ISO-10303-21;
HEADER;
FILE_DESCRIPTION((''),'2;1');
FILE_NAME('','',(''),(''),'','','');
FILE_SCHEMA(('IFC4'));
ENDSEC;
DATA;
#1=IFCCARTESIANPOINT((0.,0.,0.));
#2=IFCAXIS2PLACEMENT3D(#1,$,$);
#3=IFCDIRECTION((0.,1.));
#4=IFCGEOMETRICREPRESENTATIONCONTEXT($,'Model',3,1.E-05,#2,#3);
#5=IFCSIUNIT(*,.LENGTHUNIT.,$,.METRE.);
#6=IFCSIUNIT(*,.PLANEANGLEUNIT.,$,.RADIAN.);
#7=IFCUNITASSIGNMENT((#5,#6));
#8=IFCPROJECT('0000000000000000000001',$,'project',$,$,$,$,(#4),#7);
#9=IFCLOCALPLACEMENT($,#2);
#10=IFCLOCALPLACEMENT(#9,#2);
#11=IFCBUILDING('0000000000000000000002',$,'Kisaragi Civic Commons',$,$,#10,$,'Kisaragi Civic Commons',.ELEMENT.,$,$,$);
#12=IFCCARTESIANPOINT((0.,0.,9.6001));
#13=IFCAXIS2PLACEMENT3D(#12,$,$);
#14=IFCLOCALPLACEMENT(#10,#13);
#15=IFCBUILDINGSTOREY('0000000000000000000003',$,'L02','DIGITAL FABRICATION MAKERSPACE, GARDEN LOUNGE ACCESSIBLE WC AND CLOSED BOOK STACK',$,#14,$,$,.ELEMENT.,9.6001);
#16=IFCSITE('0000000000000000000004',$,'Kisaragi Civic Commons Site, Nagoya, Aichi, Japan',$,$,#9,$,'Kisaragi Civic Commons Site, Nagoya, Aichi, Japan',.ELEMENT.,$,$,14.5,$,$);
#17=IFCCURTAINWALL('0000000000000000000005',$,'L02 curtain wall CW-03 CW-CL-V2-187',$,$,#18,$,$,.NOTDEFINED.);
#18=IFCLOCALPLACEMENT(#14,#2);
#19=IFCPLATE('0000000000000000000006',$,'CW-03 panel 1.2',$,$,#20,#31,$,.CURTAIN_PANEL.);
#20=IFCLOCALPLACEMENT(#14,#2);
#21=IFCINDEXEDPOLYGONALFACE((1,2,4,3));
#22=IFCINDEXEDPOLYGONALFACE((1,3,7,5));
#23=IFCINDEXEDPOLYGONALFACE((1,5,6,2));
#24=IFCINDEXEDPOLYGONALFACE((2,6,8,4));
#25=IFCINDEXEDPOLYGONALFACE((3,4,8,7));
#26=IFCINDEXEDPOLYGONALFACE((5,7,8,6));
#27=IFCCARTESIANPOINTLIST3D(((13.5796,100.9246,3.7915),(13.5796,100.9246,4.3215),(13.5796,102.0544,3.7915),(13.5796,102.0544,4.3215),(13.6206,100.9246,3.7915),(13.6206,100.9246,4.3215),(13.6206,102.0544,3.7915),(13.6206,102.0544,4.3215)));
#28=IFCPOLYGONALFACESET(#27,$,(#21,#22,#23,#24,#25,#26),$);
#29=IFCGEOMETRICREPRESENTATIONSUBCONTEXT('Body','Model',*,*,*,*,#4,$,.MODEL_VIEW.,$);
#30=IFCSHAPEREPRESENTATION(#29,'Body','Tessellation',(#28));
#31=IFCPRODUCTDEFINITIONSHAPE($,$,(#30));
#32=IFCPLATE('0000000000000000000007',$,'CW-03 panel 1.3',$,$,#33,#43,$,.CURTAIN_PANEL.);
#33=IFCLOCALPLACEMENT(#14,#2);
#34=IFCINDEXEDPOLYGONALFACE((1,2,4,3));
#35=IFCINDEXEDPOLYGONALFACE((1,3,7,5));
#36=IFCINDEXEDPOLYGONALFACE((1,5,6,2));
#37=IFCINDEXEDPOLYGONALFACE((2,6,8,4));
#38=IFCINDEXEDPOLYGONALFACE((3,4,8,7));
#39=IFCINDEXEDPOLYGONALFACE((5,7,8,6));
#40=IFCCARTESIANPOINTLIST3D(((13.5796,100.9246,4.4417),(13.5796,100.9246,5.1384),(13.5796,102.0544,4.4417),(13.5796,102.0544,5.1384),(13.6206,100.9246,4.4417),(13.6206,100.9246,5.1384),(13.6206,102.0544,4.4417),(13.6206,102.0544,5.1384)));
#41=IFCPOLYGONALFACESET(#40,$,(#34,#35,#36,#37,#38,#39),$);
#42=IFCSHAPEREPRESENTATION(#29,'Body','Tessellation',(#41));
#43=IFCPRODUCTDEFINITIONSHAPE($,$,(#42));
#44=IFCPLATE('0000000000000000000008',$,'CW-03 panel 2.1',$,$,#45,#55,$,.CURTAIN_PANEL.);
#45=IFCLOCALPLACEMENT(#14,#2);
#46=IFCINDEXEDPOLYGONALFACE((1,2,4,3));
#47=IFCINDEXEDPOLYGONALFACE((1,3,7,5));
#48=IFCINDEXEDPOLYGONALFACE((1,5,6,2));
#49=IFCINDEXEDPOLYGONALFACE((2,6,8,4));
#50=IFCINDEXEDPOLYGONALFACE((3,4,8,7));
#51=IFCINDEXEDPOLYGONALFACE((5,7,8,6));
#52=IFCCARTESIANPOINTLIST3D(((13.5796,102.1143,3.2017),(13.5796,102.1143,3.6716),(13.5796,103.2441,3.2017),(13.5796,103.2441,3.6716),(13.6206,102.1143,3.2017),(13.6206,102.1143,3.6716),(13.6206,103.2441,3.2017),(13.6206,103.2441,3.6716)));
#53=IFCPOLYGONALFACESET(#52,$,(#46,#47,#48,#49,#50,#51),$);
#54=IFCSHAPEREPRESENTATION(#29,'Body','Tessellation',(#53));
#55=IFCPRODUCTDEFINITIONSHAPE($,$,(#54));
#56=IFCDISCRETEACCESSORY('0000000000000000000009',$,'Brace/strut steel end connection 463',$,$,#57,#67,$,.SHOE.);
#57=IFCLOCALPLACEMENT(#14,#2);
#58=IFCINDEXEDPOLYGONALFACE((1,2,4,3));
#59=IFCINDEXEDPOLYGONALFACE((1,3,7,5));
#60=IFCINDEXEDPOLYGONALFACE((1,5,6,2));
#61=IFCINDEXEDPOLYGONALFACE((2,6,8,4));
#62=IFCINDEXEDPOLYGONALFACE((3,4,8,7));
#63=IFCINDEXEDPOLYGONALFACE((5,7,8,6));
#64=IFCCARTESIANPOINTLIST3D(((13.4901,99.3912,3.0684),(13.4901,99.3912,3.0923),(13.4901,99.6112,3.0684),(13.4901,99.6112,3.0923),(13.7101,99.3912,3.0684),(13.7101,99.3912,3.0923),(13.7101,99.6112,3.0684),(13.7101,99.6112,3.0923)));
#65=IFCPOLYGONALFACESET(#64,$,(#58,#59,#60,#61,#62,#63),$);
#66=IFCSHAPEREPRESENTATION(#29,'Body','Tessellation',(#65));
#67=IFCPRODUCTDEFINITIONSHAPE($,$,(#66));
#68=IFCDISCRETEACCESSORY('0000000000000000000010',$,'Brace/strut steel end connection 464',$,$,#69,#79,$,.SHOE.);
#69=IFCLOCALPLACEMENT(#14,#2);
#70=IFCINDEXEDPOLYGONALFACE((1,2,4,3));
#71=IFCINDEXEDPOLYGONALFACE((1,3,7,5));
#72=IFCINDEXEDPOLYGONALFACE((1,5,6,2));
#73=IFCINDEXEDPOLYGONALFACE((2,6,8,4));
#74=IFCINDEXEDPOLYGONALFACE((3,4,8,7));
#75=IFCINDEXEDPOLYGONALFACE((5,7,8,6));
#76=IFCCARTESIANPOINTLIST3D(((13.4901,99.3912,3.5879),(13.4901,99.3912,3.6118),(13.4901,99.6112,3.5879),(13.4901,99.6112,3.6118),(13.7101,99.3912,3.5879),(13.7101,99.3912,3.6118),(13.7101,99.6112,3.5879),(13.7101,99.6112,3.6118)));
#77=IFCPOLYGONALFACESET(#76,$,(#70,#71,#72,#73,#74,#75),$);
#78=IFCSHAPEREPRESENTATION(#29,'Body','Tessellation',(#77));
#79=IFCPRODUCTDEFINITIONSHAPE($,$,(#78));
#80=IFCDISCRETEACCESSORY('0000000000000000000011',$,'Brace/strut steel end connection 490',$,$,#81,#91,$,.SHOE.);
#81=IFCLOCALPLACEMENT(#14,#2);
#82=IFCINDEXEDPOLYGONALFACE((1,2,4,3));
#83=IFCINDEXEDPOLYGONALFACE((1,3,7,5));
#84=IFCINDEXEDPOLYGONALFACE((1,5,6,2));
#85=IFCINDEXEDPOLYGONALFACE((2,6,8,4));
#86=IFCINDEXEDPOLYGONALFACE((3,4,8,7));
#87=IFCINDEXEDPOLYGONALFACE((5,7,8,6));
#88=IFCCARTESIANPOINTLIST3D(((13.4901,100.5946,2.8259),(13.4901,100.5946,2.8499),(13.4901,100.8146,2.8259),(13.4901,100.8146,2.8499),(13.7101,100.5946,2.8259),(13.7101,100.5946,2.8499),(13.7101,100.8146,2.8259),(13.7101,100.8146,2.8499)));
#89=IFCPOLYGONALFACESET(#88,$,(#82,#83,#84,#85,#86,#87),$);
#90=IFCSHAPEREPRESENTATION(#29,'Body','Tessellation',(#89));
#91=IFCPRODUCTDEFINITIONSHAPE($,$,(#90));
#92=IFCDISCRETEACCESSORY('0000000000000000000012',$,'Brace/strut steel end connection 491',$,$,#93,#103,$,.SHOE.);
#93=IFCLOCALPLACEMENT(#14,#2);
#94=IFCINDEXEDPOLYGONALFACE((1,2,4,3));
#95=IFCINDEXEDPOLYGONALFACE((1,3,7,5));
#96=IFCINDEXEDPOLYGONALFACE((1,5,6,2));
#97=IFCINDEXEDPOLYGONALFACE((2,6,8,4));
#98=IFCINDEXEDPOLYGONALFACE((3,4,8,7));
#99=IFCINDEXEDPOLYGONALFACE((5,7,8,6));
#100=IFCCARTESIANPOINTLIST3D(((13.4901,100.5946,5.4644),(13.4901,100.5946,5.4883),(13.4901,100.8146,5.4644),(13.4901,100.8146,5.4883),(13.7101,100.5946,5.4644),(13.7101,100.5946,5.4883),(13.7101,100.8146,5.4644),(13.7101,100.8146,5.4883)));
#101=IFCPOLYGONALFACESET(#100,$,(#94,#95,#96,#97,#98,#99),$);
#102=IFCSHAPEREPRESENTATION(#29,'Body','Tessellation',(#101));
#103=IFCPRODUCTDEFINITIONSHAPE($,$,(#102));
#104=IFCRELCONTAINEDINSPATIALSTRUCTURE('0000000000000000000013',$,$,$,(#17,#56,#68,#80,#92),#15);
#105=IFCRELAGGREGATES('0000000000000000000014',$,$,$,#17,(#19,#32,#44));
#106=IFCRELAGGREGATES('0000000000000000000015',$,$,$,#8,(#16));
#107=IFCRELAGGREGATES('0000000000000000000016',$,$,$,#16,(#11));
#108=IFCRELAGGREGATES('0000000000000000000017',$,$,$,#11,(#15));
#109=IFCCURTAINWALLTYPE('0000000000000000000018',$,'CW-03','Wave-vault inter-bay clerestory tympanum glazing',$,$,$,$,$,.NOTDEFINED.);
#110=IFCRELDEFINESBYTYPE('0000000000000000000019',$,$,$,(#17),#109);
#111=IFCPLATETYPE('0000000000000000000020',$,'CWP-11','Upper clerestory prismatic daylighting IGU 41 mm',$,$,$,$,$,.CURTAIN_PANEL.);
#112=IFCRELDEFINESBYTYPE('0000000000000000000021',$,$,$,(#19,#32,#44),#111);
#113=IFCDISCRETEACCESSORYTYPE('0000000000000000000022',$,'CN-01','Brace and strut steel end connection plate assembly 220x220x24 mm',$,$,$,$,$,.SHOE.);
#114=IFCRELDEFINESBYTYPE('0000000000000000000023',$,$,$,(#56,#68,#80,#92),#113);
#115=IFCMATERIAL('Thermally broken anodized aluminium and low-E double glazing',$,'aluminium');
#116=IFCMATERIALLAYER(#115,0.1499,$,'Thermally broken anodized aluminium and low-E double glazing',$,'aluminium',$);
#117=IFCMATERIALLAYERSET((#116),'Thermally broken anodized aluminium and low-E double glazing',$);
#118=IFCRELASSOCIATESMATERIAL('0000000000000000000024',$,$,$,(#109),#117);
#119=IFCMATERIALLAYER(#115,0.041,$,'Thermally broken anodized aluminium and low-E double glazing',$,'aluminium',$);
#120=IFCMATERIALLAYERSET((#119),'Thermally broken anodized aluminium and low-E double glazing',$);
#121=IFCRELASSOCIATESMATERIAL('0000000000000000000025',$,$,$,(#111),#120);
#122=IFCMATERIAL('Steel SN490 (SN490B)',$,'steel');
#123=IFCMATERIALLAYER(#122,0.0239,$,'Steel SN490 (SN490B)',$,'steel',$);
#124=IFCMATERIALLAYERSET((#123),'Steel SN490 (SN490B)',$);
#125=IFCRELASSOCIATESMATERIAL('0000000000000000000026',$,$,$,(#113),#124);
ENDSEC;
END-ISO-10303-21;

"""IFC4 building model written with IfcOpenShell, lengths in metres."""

from ifc_helpers import new_model, si_unit, direction, frame, origin, origin_2d, place, context, subcontext, project, spatial, rectangle, extrude, material, layer, layer_set, type_object, element, aggregate, save


model = new_model("IFC4")

# Units and contexts
model_context = context("Model", 3, precision=1e-05, world=origin(), true_north=direction((0.0, 1.0)))
body_context = subcontext(model_context, "Body", "Model", "MODEL_VIEW")
ifc_project = project(units=[si_unit("LENGTHUNIT", "METRE"), si_unit("PLANEANGLEUNIT", "RADIAN")], contexts=[model_context])

# Site, building, storey
site_placement = place(None, origin())
site = spatial("IfcSite", under=ifc_project, at=site_placement, Name="Kisaragi Civic Commons Site, Nagoya, Aichi, Japan", LongName="Kisaragi Civic Commons Site, Nagoya, Aichi, Japan", CompositionType="ELEMENT", RefElevation=14.5)
building_placement = place(site_placement, origin())
building = spatial("IfcBuilding", under=site, at=building_placement, Name="Kisaragi Civic Commons", LongName="Kisaragi Civic Commons", CompositionType="ELEMENT")
storey_placement = place(building_placement, frame((0.0, 0.0, 9.6001)))
storey = spatial("IfcBuildingStorey", under=building, at=storey_placement, Name="L02", Description="DIGITAL FABRICATION MAKERSPACE, GARDEN LOUNGE ACCESSIBLE WC AND CLOSED BOOK STACK", CompositionType="ELEMENT", Elevation=9.6001)

# Curtain wall
ifc_material_1 = material(Name="Thermally broken anodized aluminium and low-E double glazing", Category="aluminium")
ifc_layer_1 = layer(ifc_material_1, 0.1499, Name="Thermally broken anodized aluminium and low-E double glazing", Category="aluminium")
ifc_layer_set_1 = layer_set([ifc_layer_1], Name="Thermally broken anodized aluminium and low-E double glazing")
curtain_wall_type = type_object("IfcCurtainWallType", Name="CW-03", Description="Wave-vault inter-bay clerestory tympanum glazing", PredefinedType="NOTDEFINED", material=ifc_layer_set_1)
curtain_wall_1_placement = place(storey_placement, origin())
curtain_wall_1 = element("IfcCurtainWall", 1, at=curtain_wall_1_placement, inside=storey, type_object=curtain_wall_type, Name="L02 curtain wall CW-03 CW-CL-V2-187", PredefinedType="NOTDEFINED")

# Shared definitions
ifc_material_2 = material(Name="Steel SN490 (SN490B)", Category="steel")

# Plates
ifc_layer_2 = layer(ifc_material_1, 0.041, Name="Thermally broken anodized aluminium and low-E double glazing", Category="aluminium")
ifc_layer_set_2 = layer_set([ifc_layer_2], Name="Thermally broken anodized aluminium and low-E double glazing")
plate_type_1 = type_object("IfcPlateType", Name="CWP-11", Description="Upper clerestory prismatic daylighting IGU 41 mm", PredefinedType="CURTAIN_PANEL", material=ifc_layer_set_2)
plate_1_placement = place(storey_placement, frame((13.6001, 101.4895, 3.7915), z_axis=(0.0, 0.0, 1.0), x_axis=(0.0, 1.0, 0.0)))
plate_1 = element("IfcPlate", 2, at=plate_1_placement, type_object=plate_type_1, Name="CW-03 panel 1.2", PredefinedType="CURTAIN_PANEL", context=body_context, shape_type="SweptSolid", body=[
    extrude(rectangle(XDim=1.1299, YDim=0.041, at=origin_2d()), origin(), (0.0, 0.0, 1.0), 0.53),
])
plate_2_placement = place(storey_placement, frame((13.6001, 101.4895, 4.4417), z_axis=(0.0, 0.0, 1.0), x_axis=(0.0, 1.0, 0.0)))
plate_2 = element("IfcPlate", 3, at=plate_2_placement, type_object=plate_type_1, Name="CW-03 panel 1.3", PredefinedType="CURTAIN_PANEL", context=body_context, shape_type="SweptSolid", body=[
    extrude(rectangle(XDim=1.1299, YDim=0.041, at=origin_2d()), origin(), (0.0, 0.0, 1.0), 0.6968),
])
plate_3_placement = place(storey_placement, frame((13.6001, 102.6792, 3.2017), z_axis=(0.0, 0.0, 1.0), x_axis=(0.0, 1.0, 0.0)))
plate_3 = element("IfcPlate", 4, at=plate_3_placement, type_object=plate_type_1, Name="CW-03 panel 2.1", PredefinedType="CURTAIN_PANEL", context=body_context, shape_type="SweptSolid", body=[
    extrude(rectangle(XDim=1.1299, YDim=0.041, at=origin_2d()), origin(), (0.0, 0.0, 1.0), 0.47),
])
aggregate(curtain_wall_1, [plate_1, plate_2, plate_3])

# Discrete accessories
ifc_layer_3 = layer(ifc_material_2, 0.0239, Name="Steel SN490 (SN490B)", Category="steel")
ifc_layer_set_3 = layer_set([ifc_layer_3], Name="Steel SN490 (SN490B)")
discrete_accessory_type = type_object("IfcDiscreteAccessoryType", Name="CN-01", Description="Brace and strut steel end connection plate assembly 220x220x24 mm", PredefinedType="SHOE", material=ifc_layer_set_3)
for number, where, z_axis, x_axis, name in (
    (5, (13.6001, 99.5012, 3.0684), (0.0, 0.0, 1.0), (1.0, 0.0, 0.0), "Brace/strut steel end connection 463"),
    (6, (13.6001, 99.5012, 3.5879), (0.0, 0.0, 1.0), (1.0, 0.0, 0.0), "Brace/strut steel end connection 464"),
    (7, (13.6001, 100.7046, 2.8259), (0.0, 0.0, 1.0), (1.0, 0.0, 0.0), "Brace/strut steel end connection 490"),
    (8, (13.6001, 100.7046, 5.4644), (0.0, 0.0, 1.0), (1.0, 0.0, 0.0), "Brace/strut steel end connection 491"),
):
    element("IfcDiscreteAccessory", number, at=place(storey_placement, frame(where, z_axis=z_axis, x_axis=x_axis)), inside=storey, type_object=discrete_accessory_type, Name=name, PredefinedType="SHOE", context=body_context, shape_type="SweptSolid", body=[
        extrude(rectangle(XDim=0.22, YDim=0.22, at=origin_2d()), origin(), (0.0, 0.0, 1.0), 0.0239),
    ])

save(model, "model.ifc")
